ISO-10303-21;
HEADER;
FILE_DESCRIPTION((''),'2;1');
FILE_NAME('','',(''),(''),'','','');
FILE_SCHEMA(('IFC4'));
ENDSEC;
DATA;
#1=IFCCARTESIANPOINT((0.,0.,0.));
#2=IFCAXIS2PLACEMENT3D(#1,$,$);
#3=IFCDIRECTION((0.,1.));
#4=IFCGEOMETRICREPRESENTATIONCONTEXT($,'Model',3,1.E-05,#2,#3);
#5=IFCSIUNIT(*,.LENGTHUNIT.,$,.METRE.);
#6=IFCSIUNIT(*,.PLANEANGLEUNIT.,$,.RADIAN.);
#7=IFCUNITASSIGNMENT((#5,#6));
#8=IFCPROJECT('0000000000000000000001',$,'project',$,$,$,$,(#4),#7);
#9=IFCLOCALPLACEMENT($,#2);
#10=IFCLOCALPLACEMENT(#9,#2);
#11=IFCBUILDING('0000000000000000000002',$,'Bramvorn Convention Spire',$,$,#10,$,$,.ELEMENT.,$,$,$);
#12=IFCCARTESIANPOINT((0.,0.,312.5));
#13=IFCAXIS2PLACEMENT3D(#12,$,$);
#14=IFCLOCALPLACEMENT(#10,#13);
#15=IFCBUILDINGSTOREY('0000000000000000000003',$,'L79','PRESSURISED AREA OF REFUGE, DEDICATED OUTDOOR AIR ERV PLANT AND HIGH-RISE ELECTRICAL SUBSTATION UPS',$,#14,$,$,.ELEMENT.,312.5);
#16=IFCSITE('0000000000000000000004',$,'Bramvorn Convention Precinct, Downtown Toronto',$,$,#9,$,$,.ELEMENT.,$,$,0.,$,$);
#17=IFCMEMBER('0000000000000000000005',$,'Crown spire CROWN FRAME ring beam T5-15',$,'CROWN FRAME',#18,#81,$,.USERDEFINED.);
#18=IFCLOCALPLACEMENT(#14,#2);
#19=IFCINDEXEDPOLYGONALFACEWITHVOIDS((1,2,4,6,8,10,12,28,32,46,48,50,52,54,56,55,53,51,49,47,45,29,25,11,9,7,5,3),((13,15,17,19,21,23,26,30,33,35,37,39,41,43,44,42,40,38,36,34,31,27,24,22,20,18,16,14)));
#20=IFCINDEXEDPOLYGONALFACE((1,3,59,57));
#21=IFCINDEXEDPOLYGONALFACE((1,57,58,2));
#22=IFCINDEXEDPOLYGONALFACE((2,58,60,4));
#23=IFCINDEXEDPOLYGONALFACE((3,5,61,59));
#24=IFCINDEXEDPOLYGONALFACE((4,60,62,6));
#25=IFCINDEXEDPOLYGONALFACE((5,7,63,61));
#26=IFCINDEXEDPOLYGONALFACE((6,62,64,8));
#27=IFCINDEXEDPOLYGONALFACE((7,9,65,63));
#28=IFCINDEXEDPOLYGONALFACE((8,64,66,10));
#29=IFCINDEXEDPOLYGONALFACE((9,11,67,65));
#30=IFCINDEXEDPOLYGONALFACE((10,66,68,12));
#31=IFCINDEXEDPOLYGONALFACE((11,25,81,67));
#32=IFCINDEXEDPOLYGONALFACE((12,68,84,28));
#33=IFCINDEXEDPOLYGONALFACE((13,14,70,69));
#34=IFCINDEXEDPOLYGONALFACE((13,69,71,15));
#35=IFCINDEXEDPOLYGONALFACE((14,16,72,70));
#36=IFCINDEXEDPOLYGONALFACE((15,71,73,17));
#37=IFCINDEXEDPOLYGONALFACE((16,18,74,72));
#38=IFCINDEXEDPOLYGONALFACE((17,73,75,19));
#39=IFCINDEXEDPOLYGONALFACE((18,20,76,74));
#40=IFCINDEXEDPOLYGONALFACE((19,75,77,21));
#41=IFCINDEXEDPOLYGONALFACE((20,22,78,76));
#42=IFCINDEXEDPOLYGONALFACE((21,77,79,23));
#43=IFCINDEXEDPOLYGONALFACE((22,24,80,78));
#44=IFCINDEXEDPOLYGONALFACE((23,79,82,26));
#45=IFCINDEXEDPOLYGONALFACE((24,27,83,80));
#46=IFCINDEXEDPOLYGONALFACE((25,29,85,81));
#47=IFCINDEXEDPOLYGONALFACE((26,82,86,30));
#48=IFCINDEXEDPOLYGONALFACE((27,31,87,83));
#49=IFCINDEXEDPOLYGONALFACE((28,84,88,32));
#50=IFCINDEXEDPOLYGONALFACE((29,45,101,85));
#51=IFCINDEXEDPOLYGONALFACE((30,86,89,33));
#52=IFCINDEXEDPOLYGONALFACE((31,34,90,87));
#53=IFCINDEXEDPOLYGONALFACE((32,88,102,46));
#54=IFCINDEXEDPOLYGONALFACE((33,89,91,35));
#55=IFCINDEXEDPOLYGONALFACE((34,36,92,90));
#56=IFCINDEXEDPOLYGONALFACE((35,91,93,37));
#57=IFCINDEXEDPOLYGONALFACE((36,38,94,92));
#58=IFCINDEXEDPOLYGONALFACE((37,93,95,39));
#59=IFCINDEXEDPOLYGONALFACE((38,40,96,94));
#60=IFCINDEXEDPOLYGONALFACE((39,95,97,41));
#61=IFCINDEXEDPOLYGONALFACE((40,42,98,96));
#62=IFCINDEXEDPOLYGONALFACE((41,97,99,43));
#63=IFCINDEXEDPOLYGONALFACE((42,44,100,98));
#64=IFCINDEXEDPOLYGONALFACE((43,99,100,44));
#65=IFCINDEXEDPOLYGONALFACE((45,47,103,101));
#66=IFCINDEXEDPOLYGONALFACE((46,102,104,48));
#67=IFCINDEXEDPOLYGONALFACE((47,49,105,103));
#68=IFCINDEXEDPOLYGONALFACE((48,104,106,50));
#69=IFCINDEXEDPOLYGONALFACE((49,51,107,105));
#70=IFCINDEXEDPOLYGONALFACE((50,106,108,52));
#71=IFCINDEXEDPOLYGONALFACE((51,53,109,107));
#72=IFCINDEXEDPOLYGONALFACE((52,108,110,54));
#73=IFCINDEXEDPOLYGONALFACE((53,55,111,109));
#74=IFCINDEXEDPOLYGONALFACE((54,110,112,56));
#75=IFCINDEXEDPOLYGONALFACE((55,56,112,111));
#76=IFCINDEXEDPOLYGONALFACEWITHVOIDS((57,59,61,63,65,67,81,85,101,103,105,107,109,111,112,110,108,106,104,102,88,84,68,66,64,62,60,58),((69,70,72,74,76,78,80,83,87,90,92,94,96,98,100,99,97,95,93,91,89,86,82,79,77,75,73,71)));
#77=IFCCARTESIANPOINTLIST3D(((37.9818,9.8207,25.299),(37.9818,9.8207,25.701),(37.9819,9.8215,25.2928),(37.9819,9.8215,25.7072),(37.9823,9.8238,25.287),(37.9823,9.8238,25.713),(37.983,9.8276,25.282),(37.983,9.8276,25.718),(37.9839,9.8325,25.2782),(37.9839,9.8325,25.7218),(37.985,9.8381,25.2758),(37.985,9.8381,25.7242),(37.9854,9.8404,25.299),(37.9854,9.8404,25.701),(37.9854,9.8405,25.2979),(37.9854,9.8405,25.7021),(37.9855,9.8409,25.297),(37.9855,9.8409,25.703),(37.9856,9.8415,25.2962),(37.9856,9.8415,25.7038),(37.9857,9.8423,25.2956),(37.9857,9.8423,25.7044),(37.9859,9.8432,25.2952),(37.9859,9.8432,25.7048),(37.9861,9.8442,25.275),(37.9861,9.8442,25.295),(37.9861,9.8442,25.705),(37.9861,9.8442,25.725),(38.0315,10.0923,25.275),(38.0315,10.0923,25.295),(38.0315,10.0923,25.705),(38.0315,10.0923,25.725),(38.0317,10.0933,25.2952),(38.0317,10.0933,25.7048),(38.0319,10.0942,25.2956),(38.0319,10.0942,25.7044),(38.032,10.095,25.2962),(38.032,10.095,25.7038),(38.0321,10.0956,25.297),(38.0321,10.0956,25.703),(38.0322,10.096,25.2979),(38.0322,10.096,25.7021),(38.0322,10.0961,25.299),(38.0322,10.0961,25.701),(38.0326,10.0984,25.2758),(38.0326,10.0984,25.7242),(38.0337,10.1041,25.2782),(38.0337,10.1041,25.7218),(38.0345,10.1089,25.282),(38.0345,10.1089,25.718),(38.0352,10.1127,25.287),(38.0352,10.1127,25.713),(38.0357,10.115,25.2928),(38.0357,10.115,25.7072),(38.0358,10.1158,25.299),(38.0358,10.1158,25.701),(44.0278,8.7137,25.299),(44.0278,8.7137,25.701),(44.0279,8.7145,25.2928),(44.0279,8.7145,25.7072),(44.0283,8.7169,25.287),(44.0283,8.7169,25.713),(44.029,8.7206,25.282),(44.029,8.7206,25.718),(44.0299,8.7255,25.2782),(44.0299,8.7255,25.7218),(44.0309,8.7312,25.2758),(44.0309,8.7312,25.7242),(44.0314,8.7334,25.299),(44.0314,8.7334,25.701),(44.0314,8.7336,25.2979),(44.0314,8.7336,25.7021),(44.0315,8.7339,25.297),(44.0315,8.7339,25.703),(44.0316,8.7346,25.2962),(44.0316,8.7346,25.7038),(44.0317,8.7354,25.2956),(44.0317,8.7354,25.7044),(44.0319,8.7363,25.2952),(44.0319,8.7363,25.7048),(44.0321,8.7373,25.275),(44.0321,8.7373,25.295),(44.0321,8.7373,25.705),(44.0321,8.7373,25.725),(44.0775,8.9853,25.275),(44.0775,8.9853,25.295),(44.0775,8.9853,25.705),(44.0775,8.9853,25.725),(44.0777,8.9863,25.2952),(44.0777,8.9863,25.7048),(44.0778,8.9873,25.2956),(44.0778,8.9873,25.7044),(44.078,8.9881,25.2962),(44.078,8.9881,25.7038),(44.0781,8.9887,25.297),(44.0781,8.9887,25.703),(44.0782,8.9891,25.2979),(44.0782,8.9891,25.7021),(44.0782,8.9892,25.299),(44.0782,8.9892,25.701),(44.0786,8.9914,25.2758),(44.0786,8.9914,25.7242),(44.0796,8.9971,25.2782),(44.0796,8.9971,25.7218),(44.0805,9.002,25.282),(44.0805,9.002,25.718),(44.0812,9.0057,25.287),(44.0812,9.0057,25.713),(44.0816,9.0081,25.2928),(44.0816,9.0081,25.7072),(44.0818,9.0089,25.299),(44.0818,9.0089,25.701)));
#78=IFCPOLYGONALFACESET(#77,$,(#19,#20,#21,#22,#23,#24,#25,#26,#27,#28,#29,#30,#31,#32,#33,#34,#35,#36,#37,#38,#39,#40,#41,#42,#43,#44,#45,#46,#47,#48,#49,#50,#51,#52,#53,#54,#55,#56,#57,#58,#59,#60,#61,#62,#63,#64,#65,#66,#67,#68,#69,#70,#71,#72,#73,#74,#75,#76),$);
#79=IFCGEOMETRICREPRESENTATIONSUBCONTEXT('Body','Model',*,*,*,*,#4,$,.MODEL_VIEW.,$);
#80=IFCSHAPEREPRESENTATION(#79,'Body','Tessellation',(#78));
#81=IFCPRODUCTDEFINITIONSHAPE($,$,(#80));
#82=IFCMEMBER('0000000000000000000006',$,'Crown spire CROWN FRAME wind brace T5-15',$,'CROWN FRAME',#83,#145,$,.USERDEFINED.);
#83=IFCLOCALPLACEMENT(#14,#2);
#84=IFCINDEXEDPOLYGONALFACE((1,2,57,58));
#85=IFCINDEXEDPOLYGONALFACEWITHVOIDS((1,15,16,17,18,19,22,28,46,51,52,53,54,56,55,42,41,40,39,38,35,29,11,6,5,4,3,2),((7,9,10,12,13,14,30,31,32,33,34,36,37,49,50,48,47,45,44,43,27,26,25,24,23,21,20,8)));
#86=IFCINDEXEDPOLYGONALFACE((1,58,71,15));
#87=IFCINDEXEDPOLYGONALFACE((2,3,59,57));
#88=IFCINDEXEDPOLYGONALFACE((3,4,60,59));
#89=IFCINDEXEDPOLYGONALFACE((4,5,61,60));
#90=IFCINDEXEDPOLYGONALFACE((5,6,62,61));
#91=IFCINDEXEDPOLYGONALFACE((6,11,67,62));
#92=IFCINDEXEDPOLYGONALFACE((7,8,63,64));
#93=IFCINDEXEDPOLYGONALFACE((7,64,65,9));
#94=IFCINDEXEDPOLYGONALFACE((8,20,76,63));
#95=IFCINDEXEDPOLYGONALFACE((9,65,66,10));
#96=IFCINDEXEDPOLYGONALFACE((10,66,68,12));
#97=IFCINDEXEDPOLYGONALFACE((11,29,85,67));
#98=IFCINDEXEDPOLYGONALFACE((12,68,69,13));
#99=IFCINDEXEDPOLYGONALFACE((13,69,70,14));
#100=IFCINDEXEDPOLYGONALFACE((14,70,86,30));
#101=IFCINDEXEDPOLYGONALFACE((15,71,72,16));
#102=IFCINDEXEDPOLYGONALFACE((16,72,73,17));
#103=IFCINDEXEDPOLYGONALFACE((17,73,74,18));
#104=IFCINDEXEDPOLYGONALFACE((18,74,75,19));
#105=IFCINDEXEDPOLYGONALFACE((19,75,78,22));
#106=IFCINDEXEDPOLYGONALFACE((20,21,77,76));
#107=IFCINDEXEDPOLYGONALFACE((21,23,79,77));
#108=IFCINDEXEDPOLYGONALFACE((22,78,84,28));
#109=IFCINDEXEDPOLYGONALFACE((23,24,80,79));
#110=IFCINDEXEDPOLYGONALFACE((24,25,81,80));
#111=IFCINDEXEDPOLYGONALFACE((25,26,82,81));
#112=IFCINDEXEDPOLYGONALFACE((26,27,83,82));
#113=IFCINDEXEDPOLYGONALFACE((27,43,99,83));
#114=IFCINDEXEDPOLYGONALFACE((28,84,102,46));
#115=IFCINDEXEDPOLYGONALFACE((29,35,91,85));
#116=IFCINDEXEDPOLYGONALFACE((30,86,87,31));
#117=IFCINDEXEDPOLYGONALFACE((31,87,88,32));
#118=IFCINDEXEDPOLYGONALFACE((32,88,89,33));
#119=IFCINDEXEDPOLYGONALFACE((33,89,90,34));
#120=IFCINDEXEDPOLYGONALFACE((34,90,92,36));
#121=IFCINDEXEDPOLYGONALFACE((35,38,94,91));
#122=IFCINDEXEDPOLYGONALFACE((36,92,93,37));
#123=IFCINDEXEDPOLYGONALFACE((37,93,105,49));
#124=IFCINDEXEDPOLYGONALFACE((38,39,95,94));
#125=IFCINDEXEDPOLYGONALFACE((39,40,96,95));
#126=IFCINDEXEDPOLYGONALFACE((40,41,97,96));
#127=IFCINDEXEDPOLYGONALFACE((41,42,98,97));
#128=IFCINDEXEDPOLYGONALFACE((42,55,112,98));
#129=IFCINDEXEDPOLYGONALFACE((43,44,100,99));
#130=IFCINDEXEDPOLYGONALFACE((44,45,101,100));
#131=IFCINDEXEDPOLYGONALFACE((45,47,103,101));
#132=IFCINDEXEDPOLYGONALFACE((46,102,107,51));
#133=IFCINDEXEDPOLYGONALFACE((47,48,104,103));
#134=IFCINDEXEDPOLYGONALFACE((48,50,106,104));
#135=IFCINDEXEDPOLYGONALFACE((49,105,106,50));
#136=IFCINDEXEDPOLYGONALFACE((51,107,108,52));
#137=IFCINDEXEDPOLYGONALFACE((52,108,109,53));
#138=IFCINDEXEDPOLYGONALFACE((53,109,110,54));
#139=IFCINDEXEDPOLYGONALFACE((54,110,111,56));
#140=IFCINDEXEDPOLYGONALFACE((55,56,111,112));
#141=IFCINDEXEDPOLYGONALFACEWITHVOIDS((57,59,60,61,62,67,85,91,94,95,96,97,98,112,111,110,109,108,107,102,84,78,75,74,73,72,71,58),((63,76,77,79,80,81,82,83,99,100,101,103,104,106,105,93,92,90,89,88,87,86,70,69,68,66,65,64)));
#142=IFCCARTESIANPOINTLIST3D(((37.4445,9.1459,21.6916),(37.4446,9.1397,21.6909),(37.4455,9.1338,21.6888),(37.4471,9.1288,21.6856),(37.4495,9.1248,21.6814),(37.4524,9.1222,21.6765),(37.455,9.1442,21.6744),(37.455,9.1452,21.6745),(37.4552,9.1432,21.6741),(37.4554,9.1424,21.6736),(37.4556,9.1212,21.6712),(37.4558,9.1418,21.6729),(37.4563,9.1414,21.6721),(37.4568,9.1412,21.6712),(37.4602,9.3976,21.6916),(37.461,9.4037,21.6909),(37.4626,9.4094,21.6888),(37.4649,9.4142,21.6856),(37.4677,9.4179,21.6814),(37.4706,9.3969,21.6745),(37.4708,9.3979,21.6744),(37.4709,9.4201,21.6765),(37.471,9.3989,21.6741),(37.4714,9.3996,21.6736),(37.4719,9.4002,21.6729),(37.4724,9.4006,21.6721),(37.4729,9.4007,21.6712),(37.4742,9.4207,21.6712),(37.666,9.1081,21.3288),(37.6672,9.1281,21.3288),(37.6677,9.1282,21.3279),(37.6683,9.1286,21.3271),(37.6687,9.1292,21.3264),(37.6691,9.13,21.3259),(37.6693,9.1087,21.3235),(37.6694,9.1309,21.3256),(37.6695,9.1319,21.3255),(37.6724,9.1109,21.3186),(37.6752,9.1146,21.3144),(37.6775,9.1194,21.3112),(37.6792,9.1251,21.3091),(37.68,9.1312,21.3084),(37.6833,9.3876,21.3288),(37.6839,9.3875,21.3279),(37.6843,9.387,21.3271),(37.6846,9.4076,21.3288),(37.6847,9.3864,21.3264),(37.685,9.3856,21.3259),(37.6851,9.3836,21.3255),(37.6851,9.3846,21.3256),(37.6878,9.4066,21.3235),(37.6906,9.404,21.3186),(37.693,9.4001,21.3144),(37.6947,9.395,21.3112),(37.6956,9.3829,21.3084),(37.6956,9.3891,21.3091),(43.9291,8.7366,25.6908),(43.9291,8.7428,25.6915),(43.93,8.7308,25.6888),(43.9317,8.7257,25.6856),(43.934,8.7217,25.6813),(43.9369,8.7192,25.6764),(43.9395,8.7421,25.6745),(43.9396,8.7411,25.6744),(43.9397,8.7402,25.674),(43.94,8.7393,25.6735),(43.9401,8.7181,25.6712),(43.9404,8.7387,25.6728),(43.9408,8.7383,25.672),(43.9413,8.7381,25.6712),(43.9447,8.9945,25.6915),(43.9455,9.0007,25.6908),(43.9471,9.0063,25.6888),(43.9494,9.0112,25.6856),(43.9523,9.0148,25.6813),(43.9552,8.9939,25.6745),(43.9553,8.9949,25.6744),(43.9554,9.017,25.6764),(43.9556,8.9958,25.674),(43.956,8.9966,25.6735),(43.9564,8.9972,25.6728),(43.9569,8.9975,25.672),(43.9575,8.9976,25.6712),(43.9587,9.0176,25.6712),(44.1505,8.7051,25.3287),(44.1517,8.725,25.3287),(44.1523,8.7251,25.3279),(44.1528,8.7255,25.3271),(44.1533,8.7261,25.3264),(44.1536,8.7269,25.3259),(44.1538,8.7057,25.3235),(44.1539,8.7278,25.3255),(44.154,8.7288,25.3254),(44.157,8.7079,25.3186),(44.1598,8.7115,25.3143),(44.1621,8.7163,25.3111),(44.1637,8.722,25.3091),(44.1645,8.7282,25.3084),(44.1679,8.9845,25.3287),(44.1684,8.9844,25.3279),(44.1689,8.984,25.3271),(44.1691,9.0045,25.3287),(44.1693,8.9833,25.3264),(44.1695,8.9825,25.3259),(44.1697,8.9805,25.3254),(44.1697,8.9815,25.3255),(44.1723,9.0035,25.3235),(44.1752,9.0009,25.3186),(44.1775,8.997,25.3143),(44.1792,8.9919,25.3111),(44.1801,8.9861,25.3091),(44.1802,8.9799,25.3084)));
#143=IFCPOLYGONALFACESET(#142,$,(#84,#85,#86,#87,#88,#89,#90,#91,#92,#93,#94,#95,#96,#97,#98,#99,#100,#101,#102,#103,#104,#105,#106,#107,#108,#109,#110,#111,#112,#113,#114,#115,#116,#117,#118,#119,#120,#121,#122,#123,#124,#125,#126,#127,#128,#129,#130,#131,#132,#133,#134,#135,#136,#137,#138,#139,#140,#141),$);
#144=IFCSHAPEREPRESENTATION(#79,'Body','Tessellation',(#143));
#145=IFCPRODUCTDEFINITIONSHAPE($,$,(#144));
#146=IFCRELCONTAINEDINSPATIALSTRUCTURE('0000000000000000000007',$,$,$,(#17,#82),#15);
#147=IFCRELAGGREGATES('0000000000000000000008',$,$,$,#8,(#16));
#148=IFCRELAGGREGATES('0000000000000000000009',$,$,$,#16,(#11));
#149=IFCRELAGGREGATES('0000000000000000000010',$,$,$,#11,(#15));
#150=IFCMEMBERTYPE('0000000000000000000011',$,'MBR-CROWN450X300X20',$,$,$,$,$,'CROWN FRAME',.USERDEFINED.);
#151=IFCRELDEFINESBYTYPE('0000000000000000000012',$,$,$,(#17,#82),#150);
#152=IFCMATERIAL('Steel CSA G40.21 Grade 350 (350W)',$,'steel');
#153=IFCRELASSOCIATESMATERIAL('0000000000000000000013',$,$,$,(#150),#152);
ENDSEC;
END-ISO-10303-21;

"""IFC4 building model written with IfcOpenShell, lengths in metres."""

from ifc_helpers import new_model, si_unit, direction, frame, origin, origin_2d, place, context, subcontext, project, spatial, hollow_rectangle, extrude, material, material_profile, profile_set, type_object, element, save


model = new_model("IFC4")

# Units and contexts
model_context = context("Model", 3, precision=1e-05, world=origin(), true_north=direction((0.0, 1.0)))
body_context = subcontext(model_context, "Body", "Model", "MODEL_VIEW")
ifc_project = project(units=[si_unit("LENGTHUNIT", "METRE"), si_unit("PLANEANGLEUNIT", "RADIAN")], contexts=[model_context])

# Site, building, storey
site_placement = place(None, origin())
site = spatial("IfcSite", under=ifc_project, at=site_placement, Name="Bramvorn Convention Precinct, Downtown Toronto", CompositionType="ELEMENT", RefElevation=0.0)
building_placement = place(site_placement, origin())
building = spatial("IfcBuilding", under=site, at=building_placement, Name="Bramvorn Convention Spire", CompositionType="ELEMENT")
storey_placement = place(building_placement, frame((0.0, 0.0, 312.5)))
storey = spatial("IfcBuildingStorey", under=building, at=storey_placement, Name="L79", Description="PRESSURISED AREA OF REFUGE, DEDICATED OUTDOOR AIR ERV PLANT AND HIGH-RISE ELECTRICAL SUBSTATION UPS", CompositionType="ELEMENT", Elevation=312.5)

# Members
ifc_material_1 = material(Name="Steel CSA G40.21 Grade 350 (350W)", Category="steel")
ifc_material_profile = material_profile(ifc_material_1, hollow_rectangle(XDim=0.3, YDim=0.45, WallThickness=0.02, InnerFilletRadius=0.0039, OuterFilletRadius=0.0239, at=origin_2d()))
ifc_profile_set = profile_set([ifc_material_profile], Name="Steel CSA G40.21 Grade 350 (350W) - CROWN450X300X20")
member_type = type_object("IfcMemberType", Name="MBR-CROWN450X300X20", ElementType="CROWN FRAME", PredefinedType="USERDEFINED", material=ifc_profile_set)
member_1_placement = place(storey_placement, frame((38.0088, 9.9683, 25.5), z_axis=(0.983649, -0.180095, 0.0), x_axis=(0.180095, 0.983649, 0.0)))
element("IfcMember", 1, at=member_1_placement, inside=storey, type_object=member_type, Name="Crown spire CROWN FRAME ring beam T5-15", ObjectType="CROWN FRAME", PredefinedType="USERDEFINED", context=body_context, shape_type="SweptSolid", body=[
    extrude(hollow_rectangle(XDim=0.3, YDim=0.45, WallThickness=0.02, InnerFilletRadius=0.0039, OuterFilletRadius=0.0239, at=origin_2d()), origin(), (0.0, 0.0, 1.0), 6.1465),
])
member_2_placement = place(storey_placement, frame((37.5701, 9.2644, 21.5), z_axis=(0.849915, -0.05283, 0.524265), x_axis=(0.062039, 0.998074, 0.0)))
element("IfcMember", 2, at=member_2_placement, inside=storey, type_object=member_type, Name="Crown spire CROWN FRAME wind brace T5-15", ObjectType="CROWN FRAME", PredefinedType="USERDEFINED", context=body_context, shape_type="SweptSolid", body=[
    extrude(hollow_rectangle(XDim=0.3, YDim=0.45, WallThickness=0.02, InnerFilletRadius=0.0039, OuterFilletRadius=0.0239, at=origin_2d()), origin(), (0.0, 0.0, 1.0), 7.6296),
])

save(model, "model.ifc")
